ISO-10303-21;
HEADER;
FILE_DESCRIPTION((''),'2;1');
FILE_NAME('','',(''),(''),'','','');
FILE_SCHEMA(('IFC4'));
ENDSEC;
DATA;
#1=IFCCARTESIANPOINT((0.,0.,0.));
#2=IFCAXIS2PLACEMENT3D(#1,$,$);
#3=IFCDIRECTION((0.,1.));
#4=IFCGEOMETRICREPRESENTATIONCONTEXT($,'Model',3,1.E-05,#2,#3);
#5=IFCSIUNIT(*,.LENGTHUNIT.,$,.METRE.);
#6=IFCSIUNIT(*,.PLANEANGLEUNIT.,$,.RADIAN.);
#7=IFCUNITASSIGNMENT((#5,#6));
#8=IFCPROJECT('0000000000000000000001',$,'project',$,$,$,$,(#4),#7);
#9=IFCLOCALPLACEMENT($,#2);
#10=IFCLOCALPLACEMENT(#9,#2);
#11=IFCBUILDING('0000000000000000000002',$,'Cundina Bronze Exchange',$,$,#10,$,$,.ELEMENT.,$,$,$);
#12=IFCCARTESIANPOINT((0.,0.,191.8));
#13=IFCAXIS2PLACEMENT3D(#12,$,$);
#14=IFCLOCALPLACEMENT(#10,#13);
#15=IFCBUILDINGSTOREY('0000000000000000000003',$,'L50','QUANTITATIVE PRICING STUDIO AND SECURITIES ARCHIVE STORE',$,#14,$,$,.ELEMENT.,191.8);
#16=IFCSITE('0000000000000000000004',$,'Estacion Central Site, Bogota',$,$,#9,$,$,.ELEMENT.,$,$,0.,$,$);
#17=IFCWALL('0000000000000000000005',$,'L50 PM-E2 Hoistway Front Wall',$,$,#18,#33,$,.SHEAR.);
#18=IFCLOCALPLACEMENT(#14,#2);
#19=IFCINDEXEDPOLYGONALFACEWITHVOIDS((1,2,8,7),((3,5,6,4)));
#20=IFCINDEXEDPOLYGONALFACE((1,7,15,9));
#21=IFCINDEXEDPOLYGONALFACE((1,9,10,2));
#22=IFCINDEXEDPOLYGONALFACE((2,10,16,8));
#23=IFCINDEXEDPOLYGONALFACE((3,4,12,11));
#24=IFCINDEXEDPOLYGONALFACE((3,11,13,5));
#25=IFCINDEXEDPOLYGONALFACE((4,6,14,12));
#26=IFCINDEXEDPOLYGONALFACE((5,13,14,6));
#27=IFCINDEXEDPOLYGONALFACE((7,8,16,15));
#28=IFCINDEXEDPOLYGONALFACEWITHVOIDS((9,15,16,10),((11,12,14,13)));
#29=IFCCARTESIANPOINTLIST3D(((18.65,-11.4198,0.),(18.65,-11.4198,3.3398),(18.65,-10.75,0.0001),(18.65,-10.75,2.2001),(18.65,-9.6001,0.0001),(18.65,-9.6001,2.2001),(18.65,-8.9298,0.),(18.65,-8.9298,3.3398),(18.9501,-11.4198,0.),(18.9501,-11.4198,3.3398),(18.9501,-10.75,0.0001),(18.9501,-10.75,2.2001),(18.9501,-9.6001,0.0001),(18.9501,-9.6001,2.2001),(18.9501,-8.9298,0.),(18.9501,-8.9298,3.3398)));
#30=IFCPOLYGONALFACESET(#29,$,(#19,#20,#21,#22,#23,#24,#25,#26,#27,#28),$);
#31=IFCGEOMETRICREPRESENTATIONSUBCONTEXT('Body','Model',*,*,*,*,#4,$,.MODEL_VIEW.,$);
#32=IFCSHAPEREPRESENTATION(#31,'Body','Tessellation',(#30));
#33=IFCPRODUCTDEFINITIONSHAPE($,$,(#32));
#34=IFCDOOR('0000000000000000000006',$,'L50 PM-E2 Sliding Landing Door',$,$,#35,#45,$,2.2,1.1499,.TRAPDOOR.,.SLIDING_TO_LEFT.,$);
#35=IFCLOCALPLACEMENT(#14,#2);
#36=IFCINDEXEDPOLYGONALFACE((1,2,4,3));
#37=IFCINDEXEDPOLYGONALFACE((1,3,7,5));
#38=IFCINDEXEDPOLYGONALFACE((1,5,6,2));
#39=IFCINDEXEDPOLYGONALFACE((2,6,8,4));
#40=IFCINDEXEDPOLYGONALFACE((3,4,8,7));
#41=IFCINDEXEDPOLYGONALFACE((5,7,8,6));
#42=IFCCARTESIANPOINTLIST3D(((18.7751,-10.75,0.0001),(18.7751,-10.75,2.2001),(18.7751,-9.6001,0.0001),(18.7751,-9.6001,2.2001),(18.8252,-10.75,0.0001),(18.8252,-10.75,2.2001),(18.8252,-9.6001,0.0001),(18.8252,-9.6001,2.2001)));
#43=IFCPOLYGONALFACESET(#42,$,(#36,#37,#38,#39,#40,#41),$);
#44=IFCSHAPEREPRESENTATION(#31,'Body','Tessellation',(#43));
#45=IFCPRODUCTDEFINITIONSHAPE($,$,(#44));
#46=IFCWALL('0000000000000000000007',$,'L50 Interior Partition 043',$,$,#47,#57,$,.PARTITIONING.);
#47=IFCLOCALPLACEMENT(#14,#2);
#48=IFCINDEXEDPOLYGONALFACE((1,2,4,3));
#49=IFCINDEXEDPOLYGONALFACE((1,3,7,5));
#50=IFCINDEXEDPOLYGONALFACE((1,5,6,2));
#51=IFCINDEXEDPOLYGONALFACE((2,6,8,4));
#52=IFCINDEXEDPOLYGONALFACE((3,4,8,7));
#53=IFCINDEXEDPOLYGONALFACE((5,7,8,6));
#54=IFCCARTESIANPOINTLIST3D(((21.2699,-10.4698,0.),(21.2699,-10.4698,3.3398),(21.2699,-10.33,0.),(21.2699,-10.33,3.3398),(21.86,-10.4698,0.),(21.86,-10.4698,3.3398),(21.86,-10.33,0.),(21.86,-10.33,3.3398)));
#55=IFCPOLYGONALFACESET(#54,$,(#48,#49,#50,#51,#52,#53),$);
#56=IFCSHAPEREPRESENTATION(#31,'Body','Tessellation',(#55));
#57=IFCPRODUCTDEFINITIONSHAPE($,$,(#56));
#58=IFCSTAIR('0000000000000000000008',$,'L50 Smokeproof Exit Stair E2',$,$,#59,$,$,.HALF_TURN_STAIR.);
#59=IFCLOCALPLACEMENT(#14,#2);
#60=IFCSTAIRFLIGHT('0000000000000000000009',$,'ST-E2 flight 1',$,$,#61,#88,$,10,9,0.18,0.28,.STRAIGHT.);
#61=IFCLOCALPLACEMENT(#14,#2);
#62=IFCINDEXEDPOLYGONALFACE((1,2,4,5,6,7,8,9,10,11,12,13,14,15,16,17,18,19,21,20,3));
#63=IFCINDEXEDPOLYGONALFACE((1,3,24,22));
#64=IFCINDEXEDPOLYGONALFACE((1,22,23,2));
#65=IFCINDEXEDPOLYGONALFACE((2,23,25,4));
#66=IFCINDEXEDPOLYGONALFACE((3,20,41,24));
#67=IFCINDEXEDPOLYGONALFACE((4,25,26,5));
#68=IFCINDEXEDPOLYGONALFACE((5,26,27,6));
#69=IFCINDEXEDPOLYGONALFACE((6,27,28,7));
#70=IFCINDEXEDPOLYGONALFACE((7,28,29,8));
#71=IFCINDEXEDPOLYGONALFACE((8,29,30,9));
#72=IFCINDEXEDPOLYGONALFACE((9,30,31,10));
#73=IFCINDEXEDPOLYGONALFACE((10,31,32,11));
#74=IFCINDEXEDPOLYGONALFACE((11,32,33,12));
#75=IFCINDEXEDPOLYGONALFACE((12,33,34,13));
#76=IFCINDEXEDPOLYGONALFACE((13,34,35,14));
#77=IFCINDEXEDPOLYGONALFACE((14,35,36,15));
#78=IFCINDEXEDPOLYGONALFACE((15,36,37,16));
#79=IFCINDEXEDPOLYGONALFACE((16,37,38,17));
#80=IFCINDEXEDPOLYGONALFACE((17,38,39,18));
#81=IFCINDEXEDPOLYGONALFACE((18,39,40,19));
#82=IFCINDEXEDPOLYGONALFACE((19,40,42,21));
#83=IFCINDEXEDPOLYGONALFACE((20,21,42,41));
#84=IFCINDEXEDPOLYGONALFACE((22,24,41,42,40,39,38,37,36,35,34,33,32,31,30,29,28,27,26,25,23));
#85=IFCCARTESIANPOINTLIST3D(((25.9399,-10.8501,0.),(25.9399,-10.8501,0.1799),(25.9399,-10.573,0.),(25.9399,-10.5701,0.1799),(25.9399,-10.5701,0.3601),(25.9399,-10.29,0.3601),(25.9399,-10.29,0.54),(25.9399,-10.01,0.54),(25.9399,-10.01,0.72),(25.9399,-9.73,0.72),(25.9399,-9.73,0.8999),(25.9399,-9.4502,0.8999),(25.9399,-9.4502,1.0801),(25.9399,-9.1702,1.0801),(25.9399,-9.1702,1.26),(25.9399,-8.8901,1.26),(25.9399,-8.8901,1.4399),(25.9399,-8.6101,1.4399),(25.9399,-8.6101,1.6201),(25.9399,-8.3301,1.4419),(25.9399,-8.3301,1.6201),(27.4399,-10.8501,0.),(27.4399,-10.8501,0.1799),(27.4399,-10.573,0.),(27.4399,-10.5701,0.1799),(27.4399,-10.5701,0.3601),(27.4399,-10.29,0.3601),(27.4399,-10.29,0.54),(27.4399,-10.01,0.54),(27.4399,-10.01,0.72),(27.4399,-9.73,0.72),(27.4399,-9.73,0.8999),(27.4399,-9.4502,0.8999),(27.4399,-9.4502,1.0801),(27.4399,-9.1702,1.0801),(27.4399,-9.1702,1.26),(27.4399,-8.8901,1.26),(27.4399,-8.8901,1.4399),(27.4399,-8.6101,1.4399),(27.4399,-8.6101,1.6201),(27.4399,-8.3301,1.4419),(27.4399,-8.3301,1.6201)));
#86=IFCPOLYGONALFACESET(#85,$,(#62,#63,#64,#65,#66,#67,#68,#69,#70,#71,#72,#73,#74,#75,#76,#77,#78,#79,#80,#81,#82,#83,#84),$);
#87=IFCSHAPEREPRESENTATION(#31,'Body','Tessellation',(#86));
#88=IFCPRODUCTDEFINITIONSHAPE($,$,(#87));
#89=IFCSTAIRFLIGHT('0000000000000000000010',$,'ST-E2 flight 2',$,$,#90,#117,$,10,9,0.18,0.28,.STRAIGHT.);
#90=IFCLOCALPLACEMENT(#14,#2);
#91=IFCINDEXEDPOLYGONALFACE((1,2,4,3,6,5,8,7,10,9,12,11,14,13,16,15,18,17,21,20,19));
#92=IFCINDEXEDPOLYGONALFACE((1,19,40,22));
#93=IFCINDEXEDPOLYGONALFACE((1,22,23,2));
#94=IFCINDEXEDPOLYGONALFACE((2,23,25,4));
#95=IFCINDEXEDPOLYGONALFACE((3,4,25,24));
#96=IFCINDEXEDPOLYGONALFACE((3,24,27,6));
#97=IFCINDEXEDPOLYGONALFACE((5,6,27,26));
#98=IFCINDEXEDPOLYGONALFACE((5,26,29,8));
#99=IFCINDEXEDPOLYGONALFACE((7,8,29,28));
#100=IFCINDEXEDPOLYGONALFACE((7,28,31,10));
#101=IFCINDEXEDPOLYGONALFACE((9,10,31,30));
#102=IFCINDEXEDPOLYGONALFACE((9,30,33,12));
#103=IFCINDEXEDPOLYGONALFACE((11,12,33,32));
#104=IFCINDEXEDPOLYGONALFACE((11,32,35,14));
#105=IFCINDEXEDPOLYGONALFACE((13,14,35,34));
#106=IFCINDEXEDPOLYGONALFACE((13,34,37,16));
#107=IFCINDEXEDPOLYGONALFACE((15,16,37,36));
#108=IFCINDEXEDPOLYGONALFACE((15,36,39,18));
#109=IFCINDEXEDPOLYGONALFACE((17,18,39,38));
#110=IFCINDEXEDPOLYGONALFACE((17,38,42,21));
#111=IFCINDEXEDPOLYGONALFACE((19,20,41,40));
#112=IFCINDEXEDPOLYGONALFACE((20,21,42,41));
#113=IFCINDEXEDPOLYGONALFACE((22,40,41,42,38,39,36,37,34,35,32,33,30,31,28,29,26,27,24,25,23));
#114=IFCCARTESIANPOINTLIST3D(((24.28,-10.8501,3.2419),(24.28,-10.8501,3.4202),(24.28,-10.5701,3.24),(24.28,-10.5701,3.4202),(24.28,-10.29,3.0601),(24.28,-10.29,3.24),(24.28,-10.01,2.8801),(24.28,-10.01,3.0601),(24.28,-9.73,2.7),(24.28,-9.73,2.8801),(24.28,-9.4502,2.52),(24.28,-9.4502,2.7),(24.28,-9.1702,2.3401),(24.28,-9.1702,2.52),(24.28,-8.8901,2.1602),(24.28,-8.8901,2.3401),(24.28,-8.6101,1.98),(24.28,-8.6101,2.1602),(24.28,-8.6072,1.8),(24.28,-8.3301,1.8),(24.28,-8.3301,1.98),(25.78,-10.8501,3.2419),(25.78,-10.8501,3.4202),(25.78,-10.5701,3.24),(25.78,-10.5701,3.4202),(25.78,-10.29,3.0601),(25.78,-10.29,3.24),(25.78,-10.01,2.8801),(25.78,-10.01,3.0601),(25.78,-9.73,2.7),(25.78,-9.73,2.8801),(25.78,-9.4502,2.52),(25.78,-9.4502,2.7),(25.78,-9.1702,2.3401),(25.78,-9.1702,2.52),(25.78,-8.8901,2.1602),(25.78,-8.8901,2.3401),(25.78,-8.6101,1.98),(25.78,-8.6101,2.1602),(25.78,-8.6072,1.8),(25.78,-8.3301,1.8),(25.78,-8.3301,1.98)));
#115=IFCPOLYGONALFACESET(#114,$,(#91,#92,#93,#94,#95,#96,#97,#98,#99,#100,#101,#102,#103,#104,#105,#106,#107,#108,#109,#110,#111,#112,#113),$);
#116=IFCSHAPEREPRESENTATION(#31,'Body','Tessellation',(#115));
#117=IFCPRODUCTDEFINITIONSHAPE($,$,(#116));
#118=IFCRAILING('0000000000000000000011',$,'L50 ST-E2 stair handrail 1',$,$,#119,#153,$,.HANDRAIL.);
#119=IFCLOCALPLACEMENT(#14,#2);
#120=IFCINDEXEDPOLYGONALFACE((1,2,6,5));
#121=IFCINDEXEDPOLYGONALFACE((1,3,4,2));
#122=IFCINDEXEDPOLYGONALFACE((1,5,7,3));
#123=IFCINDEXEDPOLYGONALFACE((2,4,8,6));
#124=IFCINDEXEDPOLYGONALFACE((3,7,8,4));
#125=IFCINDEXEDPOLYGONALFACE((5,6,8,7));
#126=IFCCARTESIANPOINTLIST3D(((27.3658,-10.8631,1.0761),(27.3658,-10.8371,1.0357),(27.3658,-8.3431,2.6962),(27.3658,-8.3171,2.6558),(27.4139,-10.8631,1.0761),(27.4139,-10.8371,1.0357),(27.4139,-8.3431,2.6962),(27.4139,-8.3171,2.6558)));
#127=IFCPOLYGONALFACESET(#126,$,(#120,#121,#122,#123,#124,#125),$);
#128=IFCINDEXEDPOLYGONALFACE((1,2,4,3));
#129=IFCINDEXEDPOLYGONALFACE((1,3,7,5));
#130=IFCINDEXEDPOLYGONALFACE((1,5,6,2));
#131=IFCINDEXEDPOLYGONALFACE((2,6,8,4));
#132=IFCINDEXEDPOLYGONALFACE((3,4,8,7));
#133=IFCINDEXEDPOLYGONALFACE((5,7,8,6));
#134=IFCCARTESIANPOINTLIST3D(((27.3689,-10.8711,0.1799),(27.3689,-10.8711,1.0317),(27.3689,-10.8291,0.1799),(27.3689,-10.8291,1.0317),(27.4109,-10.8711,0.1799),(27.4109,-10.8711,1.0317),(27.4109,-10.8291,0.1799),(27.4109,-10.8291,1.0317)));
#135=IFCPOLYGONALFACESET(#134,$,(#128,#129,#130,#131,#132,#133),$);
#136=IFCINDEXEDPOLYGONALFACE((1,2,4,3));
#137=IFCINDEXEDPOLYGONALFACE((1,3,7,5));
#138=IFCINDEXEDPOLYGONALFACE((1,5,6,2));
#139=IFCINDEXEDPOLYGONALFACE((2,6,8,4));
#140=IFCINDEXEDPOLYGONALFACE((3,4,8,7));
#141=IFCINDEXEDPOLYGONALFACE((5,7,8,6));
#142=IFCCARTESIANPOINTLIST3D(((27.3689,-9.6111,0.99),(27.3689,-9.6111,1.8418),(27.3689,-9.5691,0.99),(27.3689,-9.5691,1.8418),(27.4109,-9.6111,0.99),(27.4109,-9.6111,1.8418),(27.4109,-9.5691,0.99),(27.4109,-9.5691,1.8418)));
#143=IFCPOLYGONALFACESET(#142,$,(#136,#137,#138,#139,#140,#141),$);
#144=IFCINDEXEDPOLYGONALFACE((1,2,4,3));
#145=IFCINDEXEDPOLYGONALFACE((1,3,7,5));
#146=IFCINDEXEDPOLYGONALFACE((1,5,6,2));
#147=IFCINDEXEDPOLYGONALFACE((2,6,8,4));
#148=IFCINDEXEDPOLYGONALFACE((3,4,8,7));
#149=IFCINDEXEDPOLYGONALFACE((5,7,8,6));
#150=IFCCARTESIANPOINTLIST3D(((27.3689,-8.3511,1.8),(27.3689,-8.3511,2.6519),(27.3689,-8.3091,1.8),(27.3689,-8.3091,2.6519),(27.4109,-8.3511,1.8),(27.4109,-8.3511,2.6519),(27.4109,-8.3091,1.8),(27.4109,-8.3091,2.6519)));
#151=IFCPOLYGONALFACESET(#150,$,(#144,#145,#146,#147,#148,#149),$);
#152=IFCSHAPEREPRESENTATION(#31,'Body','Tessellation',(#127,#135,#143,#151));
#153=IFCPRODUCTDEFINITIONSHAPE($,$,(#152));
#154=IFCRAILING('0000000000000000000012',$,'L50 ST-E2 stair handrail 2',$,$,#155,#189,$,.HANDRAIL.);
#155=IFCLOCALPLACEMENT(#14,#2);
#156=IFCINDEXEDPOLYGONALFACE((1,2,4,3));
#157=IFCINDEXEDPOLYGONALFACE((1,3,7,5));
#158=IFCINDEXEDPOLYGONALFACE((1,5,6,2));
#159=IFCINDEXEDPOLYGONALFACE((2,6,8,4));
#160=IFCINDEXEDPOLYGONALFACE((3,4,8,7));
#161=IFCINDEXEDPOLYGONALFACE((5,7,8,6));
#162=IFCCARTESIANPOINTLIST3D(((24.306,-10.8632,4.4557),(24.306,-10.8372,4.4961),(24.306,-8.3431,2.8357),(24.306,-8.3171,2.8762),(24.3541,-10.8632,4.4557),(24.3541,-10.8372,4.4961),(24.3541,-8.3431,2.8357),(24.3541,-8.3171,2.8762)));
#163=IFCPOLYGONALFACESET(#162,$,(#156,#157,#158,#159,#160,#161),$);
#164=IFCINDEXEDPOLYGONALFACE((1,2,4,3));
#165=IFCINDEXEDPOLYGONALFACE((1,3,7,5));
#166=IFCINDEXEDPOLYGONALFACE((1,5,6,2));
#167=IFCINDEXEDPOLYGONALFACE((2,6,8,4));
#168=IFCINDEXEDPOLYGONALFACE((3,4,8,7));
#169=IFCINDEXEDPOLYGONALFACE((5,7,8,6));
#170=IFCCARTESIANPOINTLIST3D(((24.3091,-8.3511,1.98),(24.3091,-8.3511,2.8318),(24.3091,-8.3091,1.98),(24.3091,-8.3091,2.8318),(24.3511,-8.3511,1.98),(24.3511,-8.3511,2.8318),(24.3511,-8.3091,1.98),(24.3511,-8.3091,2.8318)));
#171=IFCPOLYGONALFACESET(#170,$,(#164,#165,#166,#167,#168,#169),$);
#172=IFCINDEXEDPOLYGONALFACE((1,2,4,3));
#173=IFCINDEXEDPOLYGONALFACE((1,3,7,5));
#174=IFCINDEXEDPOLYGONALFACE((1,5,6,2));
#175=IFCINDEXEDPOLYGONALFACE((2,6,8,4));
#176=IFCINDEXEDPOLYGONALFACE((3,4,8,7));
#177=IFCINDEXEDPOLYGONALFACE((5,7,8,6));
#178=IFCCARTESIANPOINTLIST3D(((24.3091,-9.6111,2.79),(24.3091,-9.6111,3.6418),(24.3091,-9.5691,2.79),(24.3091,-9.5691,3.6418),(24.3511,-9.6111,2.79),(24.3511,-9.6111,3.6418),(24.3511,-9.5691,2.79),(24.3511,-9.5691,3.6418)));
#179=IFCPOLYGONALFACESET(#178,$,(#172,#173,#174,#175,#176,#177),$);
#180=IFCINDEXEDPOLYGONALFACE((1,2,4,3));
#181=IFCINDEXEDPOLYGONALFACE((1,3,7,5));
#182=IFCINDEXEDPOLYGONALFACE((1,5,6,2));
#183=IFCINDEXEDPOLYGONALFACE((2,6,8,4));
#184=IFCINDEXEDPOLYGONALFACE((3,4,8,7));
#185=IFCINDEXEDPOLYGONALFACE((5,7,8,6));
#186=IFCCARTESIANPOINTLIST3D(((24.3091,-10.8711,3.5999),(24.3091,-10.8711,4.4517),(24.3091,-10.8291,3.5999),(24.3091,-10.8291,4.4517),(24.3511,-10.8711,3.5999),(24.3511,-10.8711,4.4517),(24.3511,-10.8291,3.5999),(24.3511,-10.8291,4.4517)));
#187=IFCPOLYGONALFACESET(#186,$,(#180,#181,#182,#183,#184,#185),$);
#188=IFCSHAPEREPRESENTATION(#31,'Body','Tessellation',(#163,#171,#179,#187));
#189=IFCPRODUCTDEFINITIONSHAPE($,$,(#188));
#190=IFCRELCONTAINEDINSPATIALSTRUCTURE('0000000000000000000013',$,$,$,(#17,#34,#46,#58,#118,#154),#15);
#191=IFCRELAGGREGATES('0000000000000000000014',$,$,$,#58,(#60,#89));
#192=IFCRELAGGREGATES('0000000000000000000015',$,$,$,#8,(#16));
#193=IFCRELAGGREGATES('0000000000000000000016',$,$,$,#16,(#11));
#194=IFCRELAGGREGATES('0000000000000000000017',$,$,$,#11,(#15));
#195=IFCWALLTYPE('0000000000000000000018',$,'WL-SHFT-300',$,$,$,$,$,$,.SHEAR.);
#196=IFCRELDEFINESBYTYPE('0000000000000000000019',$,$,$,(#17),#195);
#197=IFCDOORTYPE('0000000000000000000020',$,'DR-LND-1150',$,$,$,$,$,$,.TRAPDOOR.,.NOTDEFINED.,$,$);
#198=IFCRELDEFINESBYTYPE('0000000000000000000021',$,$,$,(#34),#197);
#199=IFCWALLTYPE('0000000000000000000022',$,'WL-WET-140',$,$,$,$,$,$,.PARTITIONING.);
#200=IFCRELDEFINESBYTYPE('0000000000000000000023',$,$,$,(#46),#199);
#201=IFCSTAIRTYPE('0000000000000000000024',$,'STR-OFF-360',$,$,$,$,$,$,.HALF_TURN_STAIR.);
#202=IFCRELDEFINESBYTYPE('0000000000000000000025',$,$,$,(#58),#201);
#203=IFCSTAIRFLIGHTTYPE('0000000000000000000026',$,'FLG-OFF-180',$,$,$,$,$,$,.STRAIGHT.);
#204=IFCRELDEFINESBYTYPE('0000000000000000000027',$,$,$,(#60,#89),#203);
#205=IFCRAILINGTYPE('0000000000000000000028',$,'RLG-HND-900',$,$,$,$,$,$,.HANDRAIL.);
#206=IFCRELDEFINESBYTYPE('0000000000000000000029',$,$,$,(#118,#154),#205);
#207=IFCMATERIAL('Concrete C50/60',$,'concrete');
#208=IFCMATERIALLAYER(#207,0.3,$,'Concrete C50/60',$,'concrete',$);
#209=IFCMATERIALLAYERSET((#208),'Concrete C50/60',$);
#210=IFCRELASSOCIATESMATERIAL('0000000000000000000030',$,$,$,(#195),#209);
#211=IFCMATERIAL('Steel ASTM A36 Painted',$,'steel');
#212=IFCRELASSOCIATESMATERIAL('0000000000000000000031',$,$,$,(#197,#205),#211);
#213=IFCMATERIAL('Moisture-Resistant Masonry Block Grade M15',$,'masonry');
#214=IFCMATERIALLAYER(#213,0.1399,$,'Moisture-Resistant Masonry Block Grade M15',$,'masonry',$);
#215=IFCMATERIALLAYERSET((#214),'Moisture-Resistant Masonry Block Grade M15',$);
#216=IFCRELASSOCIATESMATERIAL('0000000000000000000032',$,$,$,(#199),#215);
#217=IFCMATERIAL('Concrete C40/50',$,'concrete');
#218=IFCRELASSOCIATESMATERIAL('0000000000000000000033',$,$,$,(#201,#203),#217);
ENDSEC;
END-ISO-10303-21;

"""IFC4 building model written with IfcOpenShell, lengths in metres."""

from ifc_helpers import new_model, si_unit, direction, frame, frame_2d, origin, origin_2d, place, context, subcontext, project, spatial, polyline, rectangle, outline, extrude, material, layer, layer_set, type_object, element, fill, aggregate, save


model = new_model("IFC4")

# Units and contexts
model_context = context("Model", 3, precision=1e-05, world=origin(), true_north=direction((0.0, 1.0)))
body_context = subcontext(model_context, "Body", "Model", "MODEL_VIEW")
ifc_project = project(units=[si_unit("LENGTHUNIT", "METRE"), si_unit("PLANEANGLEUNIT", "RADIAN")], contexts=[model_context])

# Site, building, storey
site_placement = place(None, origin())
site = spatial("IfcSite", under=ifc_project, at=site_placement, Name="Estacion Central Site, Bogota", CompositionType="ELEMENT", RefElevation=0.0)
building_placement = place(site_placement, origin())
building = spatial("IfcBuilding", under=site, at=building_placement, Name="Cundina Bronze Exchange", CompositionType="ELEMENT")
storey_placement = place(building_placement, frame((0.0, 0.0, 191.8)))
storey = spatial("IfcBuildingStorey", under=building, at=storey_placement, Name="L50", Description="QUANTITATIVE PRICING STUDIO AND SECURITIES ARCHIVE STORE", CompositionType="ELEMENT", Elevation=191.8)

# Shared definitions
ifc_material_1 = material(Name="Concrete C50/60", Category="concrete")

# Shared definitions
ifc_layer_1 = layer(ifc_material_1, 0.3, Name="Concrete C50/60", Category="concrete")
ifc_layer_set_1 = layer_set([ifc_layer_1], Name="Concrete C50/60")
wall_type_1 = type_object("IfcWallType", Name="WL-SHFT-300", PredefinedType="SHEAR", material=ifc_layer_set_1)

# Shared definitions
ifc_material_2 = material(Name="Steel ASTM A36 Painted", Category="steel")
door_type_1 = type_object("IfcDoorType", Name="DR-LND-1150", OperationType="NOTDEFINED", PredefinedType="TRAPDOOR", material=ifc_material_2)

# Wall, opening, door
wall_1_placement = place(storey_placement, frame((18.8, -11.4199, 0.0), z_axis=(0.0, 0.0, 1.0), x_axis=(0.0, 1.0, 0.0)))
wall_1 = element("IfcWall", 1, at=wall_1_placement, inside=storey, type_object=wall_type_1, Name="L50 PM-E2 Hoistway Front Wall", PredefinedType="SHEAR", context=body_context, shape_type="SweptSolid", body=[
    extrude(rectangle(XDim=2.49, YDim=0.3, at=frame_2d((1.2451, 0.0))), origin(), (0.0, 0.0, 1.0), 3.3398),
])
opening_1_placement = place(wall_1_placement, frame((0.6699, 0.0, 0.0)))
opening_1 = element("IfcOpeningElement", 2, at=opening_1_placement, cuts=wall_1, PredefinedType="OPENING", context=body_context, shape_type="SweptSolid", body=[
    extrude(rectangle(XDim=1.1499, YDim=2.2, at=frame_2d((0.575, 1.1001))), frame((0.0, 0.1599, 0.0), z_axis=(0.0, -1.0, 0.0), x_axis=(1.0, 0.0, 0.0)), (0.0, 0.0, 1.0), 0.3201),
])
door_1_placement = place(opening_1_placement, origin())
door_1 = element("IfcDoor", 3, at=door_1_placement, inside=storey, type_object=door_type_1, Name="L50 PM-E2 Sliding Landing Door", OperationType="SLIDING_TO_LEFT", OverallHeight=2.2, OverallWidth=1.1499, PredefinedType="TRAPDOOR", context=body_context, shape_type="SweptSolid", body=[
    extrude(rectangle(XDim=1.1499, YDim=2.2, at=frame_2d((0.575, 1.1001))), frame((0.0, 0.0249, 0.0), z_axis=(0.0, -1.0, 0.0), x_axis=(1.0, 0.0, 0.0)), (0.0, 0.0, 1.0), 0.05),
])
fill(opening_1, door_1)

# Wall
ifc_material_3 = material(Name="Moisture-Resistant Masonry Block Grade M15", Category="masonry")
ifc_layer_2 = layer(ifc_material_3, 0.1399, Name="Moisture-Resistant Masonry Block Grade M15", Category="masonry")
ifc_layer_set_2 = layer_set([ifc_layer_2], Name="Moisture-Resistant Masonry Block Grade M15")
wall_type_2 = type_object("IfcWallType", Name="WL-WET-140", PredefinedType="PARTITIONING", material=ifc_layer_set_2)
wall_2_placement = place(storey_placement, frame((21.27, -10.3999, 0.0), z_axis=(0.0, 0.0, 1.0), x_axis=(1.0, 0.0, 0.0)))
element("IfcWall", 4, at=wall_2_placement, inside=storey, type_object=wall_type_2, Name="L50 Interior Partition 043", PredefinedType="PARTITIONING", context=body_context, shape_type="SweptSolid", body=[
    extrude(rectangle(XDim=0.5901, YDim=0.1399, at=frame_2d((0.2949, 0.0))), origin(), (0.0, 0.0, 1.0), 3.3398),
])

# Stair, stair flights
ifc_material_4 = material(Name="Concrete C40/50", Category="concrete")
stair_type = type_object("IfcStairType", Name="STR-OFF-360", PredefinedType="HALF_TURN_STAIR", material=ifc_material_4)
stair_placement = place(storey_placement, origin())
stair = element("IfcStair", 5, at=stair_placement, inside=storey, type_object=stair_type, Name="L50 Smokeproof Exit Stair E2", PredefinedType="HALF_TURN_STAIR")
stair_flight_type = type_object("IfcStairFlightType", Name="FLG-OFF-180", PredefinedType="STRAIGHT", material=ifc_material_4)
stair_flight_1_placement = place(storey_placement, frame((26.6899, -10.8501, 0.0), z_axis=(0.0, 0.0, 1.0), x_axis=(0.0, 1.0, 0.0)))
stair_flight_1 = element("IfcStairFlight", 6, at=stair_flight_1_placement, type_object=stair_flight_type, Name="ST-E2 flight 1", NumberOfRisers=10, NumberOfTreads=9, PredefinedType="STRAIGHT", RiserHeight=0.18, TreadLength=0.28, context=body_context, shape_type="SweptSolid", body=[
    extrude(outline(polyline([(0.0, 0.0), (0.0, 0.1799), (0.28, 0.1799), (0.28, 0.3601), (0.5601, 0.3601), (0.5601, 0.54), (0.8401, 0.54), (0.8401, 0.72), (1.1201, 0.72), (1.1201, 0.8999), (1.3999, 0.8999), (1.3999, 1.0801), (1.6799, 1.0801), (1.6799, 1.26), (1.96, 1.26), (1.96, 1.4399), (2.24, 1.4399), (2.24, 1.6201), (2.52, 1.6201), (2.52, 1.8), (2.52, 1.4419), (0.2771, 0.0), (0.0, 0.0)])), frame((0.0, 0.75, 0.0), z_axis=(0.0, -1.0, 0.0), x_axis=(1.0, 0.0, 0.0)), (0.0, 0.0, 1.0), 1.5),
])
stair_flight_2_placement = place(storey_placement, frame((25.03, -8.3301, 1.8), z_axis=(0.0, 0.0, 1.0), x_axis=(0.0, -1.0, 0.0)))
stair_flight_2 = element("IfcStairFlight", 7, at=stair_flight_2_placement, type_object=stair_flight_type, Name="ST-E2 flight 2", NumberOfRisers=10, NumberOfTreads=9, PredefinedType="STRAIGHT", RiserHeight=0.18, TreadLength=0.28, context=body_context, shape_type="SweptSolid", body=[
    extrude(outline(polyline([(0.0, 0.0), (0.0, 0.1799), (0.28, 0.1799), (0.28, 0.3601), (0.5601, 0.3601), (0.5601, 0.54), (0.8401, 0.54), (0.8401, 0.72), (1.1201, 0.72), (1.1201, 0.8999), (1.3999, 0.8999), (1.3999, 1.0801), (1.6799, 1.0801), (1.6799, 1.26), (1.96, 1.26), (1.96, 1.4399), (2.24, 1.4399), (2.24, 1.6201), (2.52, 1.6201), (2.52, 1.8), (2.52, 1.4419), (0.2771, 0.0), (0.0, 0.0)])), frame((0.0, 0.75, 0.0), z_axis=(0.0, -1.0, 0.0), x_axis=(1.0, 0.0, 0.0)), (0.0, 0.0, 1.0), 1.5),
])
aggregate(stair, [stair_flight_1, stair_flight_2])

# Railings
railing_type_1 = type_object("IfcRailingType", Name="RLG-HND-900", PredefinedType="HANDRAIL", material=ifc_material_2)
railing_1_placement = place(storey_placement, frame((27.3899, -10.8501, 0.1799)))
element("IfcRailing", 8, at=railing_1_placement, inside=storey, type_object=railing_type_1, Name="L50 ST-E2 stair handrail 1", PredefinedType="HANDRAIL", context=body_context, shape_type="SweptSolid", body=[
    extrude(rectangle(XDim=0.0481, YDim=0.0481, at=origin_2d()), frame((0.0, 0.0, 0.876), z_axis=(0.0, 0.841163, 0.540782), x_axis=(-1.0, 0.0, 0.0)), (0.0, 0.0, 1.0), 2.9958),
    extrude(rectangle(XDim=0.042, YDim=0.042, at=origin_2d()), origin(), (0.0, 0.0, 1.0), 0.8518),
    extrude(rectangle(XDim=0.042, YDim=0.042, at=origin_2d()), frame((0.0, 1.26, 0.8101)), (0.0, 0.0, 1.0), 0.8518),
    extrude(rectangle(XDim=0.042, YDim=0.042, at=origin_2d()), frame((0.0, 2.52, 1.6201)), (0.0, 0.0, 1.0), 0.8518),
])
railing_2_placement = place(storey_placement, frame((24.3301, -8.3301, 1.98)))
element("IfcRailing", 9, at=railing_2_placement, inside=storey, type_object=railing_type_1, Name="L50 ST-E2 stair handrail 2", PredefinedType="HANDRAIL", context=body_context, shape_type="SweptSolid", body=[
    extrude(rectangle(XDim=0.0481, YDim=0.0481, at=origin_2d()), frame((0.0, 0.0, 0.876), z_axis=(0.0, -0.8412, 0.540725), x_axis=(1.0, 0.0, 0.0)), (0.0, 0.0, 1.0), 2.9958),
    extrude(rectangle(XDim=0.042, YDim=0.042, at=origin_2d()), origin(), (0.0, 0.0, 1.0), 0.8518),
    extrude(rectangle(XDim=0.042, YDim=0.042, at=origin_2d()), frame((0.0, -1.26, 0.8101)), (0.0, 0.0, 1.0), 0.8518),
    extrude(rectangle(XDim=0.042, YDim=0.042, at=origin_2d()), frame((0.0, -2.52, 1.6199)), (0.0, 0.0, 1.0), 0.8518),
])

save(model, "model.ifc")
